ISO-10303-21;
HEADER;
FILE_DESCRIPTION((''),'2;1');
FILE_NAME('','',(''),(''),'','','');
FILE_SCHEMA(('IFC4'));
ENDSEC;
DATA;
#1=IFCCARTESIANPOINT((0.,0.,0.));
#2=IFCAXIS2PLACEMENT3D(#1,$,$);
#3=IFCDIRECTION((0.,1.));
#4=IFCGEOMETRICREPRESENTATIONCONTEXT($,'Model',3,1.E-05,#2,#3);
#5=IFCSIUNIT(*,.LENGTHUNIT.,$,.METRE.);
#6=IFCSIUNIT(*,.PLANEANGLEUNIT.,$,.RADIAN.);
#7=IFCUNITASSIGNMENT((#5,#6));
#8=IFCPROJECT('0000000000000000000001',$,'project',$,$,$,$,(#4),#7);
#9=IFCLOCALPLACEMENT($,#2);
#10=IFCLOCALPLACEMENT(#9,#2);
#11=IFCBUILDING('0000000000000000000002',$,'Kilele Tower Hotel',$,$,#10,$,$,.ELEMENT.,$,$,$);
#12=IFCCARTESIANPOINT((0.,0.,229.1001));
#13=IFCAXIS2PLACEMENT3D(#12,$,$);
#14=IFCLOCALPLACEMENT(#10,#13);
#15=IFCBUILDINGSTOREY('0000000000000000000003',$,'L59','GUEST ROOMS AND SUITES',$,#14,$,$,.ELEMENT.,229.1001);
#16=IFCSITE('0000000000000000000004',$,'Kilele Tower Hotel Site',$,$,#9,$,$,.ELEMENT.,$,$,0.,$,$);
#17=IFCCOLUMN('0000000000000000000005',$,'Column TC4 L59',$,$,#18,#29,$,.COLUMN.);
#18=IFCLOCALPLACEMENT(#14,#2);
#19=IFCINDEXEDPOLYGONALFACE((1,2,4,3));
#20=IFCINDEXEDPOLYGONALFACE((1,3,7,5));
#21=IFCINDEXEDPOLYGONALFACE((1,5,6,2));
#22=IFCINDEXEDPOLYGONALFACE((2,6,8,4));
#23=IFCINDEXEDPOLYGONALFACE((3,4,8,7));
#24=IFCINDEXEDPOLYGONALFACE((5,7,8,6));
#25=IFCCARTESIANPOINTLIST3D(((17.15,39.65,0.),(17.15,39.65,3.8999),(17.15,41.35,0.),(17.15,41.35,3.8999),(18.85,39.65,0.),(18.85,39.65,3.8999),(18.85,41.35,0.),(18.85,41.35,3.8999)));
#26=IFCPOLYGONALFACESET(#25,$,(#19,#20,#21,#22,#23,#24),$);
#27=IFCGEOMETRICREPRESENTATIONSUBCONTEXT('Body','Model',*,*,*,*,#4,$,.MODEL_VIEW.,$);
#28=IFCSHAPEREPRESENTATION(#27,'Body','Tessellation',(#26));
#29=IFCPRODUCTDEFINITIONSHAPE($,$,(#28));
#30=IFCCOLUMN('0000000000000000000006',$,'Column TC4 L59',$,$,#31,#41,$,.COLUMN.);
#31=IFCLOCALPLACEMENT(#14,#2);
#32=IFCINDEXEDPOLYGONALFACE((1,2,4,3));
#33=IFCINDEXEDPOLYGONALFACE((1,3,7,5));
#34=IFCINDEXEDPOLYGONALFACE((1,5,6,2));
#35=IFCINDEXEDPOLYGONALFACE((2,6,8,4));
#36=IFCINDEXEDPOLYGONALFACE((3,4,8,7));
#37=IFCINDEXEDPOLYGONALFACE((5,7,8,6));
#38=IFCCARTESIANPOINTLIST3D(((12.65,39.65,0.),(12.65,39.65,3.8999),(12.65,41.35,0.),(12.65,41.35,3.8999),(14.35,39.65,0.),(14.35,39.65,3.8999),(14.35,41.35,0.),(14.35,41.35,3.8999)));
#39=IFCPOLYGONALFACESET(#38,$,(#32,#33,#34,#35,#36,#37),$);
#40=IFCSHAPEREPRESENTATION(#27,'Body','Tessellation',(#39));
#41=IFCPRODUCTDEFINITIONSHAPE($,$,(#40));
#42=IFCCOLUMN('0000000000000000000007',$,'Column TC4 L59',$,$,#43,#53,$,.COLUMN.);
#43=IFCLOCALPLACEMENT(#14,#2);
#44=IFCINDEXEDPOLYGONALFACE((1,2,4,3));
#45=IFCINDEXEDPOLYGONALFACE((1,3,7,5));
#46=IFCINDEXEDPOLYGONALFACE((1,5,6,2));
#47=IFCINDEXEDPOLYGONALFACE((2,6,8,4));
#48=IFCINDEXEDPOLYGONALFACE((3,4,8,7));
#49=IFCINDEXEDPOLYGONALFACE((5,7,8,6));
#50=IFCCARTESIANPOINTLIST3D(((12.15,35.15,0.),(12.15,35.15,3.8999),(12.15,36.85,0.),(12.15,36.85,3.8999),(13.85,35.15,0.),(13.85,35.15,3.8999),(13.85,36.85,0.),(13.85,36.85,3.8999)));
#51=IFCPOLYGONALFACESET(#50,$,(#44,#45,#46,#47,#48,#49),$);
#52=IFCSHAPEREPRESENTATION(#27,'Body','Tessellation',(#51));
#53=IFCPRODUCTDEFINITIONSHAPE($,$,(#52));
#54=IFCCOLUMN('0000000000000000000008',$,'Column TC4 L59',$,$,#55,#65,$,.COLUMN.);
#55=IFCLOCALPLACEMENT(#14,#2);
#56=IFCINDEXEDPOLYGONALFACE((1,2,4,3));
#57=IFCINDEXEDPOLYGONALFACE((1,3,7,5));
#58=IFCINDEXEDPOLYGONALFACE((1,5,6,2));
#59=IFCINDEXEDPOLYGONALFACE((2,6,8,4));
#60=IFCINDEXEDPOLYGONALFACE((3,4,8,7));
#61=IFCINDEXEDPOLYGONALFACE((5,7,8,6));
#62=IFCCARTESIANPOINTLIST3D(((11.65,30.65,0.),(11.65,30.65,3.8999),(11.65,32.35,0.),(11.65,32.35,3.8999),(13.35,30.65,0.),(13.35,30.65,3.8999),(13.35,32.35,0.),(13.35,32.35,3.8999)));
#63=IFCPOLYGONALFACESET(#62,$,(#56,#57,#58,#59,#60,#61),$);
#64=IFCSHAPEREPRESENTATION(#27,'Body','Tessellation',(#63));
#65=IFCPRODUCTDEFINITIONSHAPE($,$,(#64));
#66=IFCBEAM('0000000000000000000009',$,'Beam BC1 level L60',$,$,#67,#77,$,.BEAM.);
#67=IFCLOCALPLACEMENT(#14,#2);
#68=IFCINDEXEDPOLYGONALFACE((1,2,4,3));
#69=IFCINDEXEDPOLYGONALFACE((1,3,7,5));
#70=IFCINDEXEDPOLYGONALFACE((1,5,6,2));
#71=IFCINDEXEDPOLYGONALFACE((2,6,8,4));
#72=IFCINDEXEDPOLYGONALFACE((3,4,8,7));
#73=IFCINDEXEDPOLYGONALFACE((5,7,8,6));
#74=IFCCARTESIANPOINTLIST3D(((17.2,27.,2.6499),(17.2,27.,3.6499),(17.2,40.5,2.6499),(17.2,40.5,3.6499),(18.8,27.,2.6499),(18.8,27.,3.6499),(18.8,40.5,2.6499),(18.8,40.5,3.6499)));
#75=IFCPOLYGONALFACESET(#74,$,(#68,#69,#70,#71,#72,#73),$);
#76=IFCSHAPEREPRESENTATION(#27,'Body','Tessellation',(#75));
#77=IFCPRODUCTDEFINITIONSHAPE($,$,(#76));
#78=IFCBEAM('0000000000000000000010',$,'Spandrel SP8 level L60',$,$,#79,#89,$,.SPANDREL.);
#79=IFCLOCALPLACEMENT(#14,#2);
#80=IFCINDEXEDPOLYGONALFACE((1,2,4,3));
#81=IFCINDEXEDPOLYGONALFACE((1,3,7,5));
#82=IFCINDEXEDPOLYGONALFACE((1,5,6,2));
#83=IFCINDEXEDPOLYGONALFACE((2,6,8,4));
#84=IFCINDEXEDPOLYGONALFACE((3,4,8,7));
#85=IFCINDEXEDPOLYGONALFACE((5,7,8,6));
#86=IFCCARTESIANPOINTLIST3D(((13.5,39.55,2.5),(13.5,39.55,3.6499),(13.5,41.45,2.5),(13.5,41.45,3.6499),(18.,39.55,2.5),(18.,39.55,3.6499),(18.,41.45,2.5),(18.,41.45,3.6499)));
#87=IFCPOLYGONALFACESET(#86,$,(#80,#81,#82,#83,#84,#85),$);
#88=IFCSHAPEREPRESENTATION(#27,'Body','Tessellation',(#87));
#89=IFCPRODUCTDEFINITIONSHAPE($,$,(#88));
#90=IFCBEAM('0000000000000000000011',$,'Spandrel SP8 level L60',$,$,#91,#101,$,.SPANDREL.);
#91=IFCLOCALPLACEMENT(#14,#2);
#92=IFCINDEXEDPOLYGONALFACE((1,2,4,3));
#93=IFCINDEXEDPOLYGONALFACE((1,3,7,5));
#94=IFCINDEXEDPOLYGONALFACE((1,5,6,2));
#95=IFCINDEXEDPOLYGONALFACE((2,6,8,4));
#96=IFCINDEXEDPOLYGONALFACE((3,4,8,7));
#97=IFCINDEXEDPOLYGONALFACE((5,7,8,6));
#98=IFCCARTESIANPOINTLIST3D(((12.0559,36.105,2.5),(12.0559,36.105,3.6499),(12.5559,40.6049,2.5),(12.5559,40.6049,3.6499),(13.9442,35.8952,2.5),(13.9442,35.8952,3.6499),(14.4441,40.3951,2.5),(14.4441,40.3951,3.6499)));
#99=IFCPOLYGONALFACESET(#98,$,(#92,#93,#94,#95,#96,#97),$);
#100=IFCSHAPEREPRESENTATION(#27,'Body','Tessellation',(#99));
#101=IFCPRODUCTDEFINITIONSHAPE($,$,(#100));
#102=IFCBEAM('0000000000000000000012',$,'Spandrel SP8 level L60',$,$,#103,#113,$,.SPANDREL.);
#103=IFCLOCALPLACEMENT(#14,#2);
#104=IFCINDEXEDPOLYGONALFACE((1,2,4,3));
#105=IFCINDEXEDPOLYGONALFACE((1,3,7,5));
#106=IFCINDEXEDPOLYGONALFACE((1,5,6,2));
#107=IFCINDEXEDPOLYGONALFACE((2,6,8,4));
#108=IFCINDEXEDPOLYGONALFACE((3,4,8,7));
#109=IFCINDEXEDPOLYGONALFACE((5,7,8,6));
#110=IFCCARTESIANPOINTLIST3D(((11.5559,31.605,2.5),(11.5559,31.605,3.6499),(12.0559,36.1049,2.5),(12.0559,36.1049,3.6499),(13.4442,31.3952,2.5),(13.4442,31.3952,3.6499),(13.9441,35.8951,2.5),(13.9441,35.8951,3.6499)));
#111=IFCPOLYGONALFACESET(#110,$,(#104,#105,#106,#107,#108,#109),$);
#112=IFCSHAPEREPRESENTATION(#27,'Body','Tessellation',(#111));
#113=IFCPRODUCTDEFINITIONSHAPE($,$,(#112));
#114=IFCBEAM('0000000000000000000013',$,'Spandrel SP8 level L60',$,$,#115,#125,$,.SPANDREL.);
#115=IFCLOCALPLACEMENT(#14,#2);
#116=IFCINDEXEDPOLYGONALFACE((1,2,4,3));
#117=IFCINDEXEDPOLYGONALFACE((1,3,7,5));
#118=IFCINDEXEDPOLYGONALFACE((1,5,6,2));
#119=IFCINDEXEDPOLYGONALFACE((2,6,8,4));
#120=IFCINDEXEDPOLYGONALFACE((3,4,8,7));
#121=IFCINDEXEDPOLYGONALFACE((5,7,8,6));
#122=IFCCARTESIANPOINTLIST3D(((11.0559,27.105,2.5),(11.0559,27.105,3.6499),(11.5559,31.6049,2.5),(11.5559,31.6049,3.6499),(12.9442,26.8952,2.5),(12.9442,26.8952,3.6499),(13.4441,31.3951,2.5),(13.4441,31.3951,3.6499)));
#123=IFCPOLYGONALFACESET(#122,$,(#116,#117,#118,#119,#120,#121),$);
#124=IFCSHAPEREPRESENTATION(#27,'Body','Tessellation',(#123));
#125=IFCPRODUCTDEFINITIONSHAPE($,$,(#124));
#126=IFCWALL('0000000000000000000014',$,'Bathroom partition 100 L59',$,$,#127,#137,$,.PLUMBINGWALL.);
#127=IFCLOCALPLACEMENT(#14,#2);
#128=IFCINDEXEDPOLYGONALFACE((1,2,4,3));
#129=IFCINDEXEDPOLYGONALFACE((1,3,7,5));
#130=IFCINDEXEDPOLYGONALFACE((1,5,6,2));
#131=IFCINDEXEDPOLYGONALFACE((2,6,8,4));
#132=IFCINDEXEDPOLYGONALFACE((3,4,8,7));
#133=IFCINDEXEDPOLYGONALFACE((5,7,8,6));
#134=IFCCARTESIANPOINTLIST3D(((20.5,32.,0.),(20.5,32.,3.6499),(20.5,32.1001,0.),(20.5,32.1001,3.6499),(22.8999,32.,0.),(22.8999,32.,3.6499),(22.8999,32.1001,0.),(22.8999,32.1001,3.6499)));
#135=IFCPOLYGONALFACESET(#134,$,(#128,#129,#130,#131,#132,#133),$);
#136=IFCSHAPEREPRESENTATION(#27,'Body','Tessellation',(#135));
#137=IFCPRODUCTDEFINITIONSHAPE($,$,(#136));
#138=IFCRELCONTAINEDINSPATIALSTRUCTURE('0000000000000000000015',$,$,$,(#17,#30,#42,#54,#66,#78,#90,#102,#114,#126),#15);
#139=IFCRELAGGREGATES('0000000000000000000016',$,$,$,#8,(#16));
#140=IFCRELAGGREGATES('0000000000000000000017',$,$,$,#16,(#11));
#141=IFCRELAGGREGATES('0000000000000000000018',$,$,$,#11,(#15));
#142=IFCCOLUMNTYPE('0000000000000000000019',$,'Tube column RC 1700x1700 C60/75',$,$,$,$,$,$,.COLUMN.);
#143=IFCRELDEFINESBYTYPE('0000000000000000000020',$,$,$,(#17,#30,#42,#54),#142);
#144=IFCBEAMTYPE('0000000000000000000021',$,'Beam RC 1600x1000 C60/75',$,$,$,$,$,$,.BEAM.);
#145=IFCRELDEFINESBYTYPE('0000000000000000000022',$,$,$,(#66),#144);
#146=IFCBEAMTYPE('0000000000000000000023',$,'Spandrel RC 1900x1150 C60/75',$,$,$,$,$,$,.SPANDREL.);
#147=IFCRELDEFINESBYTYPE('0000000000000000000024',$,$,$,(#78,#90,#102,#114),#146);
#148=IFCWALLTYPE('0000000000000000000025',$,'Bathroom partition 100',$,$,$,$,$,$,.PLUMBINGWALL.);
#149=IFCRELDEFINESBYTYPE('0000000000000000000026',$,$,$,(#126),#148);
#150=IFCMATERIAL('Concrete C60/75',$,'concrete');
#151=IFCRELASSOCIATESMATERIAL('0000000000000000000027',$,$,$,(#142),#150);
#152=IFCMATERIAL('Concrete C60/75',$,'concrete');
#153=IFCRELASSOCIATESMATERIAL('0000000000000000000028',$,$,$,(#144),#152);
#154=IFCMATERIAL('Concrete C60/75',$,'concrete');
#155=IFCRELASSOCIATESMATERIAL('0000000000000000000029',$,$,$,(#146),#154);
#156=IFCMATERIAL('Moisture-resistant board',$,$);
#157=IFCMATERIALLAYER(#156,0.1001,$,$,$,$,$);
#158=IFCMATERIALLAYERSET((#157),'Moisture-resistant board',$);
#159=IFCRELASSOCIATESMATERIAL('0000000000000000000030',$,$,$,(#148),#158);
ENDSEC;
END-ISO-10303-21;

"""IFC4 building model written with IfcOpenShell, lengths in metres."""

from ifc_helpers import new_model, si_unit, direction, frame, frame_2d, origin, origin_2d, place, context, subcontext, project, spatial, rectangle, extrude, material, layer, layer_set, material_profile, profile_set, type_object, element, save


model = new_model("IFC4")

# Units and contexts
model_context = context("Model", 3, precision=1e-05, world=origin(), true_north=direction((0.0, 1.0)))
body_context = subcontext(model_context, "Body", "Model", "MODEL_VIEW")
ifc_project = project(units=[si_unit("LENGTHUNIT", "METRE"), si_unit("PLANEANGLEUNIT", "RADIAN")], contexts=[model_context])

# Site, building, storey
site_placement = place(None, origin())
site = spatial("IfcSite", under=ifc_project, at=site_placement, Name="Kilele Tower Hotel Site", CompositionType="ELEMENT", RefElevation=0.0)
building_placement = place(site_placement, origin())
building = spatial("IfcBuilding", under=site, at=building_placement, Name="Kilele Tower Hotel", CompositionType="ELEMENT")
storey_placement = place(building_placement, frame((0.0, 0.0, 229.1001)))
storey = spatial("IfcBuildingStorey", under=building, at=storey_placement, Name="L59", Description="GUEST ROOMS AND SUITES", CompositionType="ELEMENT", Elevation=229.1001)

# Columns
ifc_material_1 = material(Name="Concrete C60/75", Category="concrete")
ifc_material_profile_1 = material_profile(ifc_material_1, rectangle(XDim=1.7, YDim=1.7, at=origin_2d()))
ifc_profile_set_1 = profile_set([ifc_material_profile_1], Name="Concrete C60/75")
column_type = type_object("IfcColumnType", Name="Tube column RC 1700x1700 C60/75", PredefinedType="COLUMN", material=ifc_profile_set_1)
for number, where, z_axis, x_axis, name in (
    (1, (18.0, 40.5, 0.0), (0.0, 0.0, 1.0), (1.0, 0.0, 0.0), "Column TC4 L59"),
    (2, (13.5, 40.5, 0.0), (0.0, 0.0, 1.0), (1.0, 0.0, 0.0), "Column TC4 L59"),
    (3, (13.0, 36.0, 0.0), (0.0, 0.0, 1.0), (1.0, 0.0, 0.0), "Column TC4 L59"),
    (4, (12.5, 31.5, 0.0), (0.0, 0.0, 1.0), (1.0, 0.0, 0.0), "Column TC4 L59"),
):
    element("IfcColumn", number, at=place(storey_placement, frame(where, z_axis=z_axis, x_axis=x_axis)), inside=storey, type_object=column_type, Name=name, PredefinedType="COLUMN", context=body_context, shape_type="SweptSolid", body=[
        extrude(rectangle(XDim=1.7, YDim=1.7, at=origin_2d()), origin(), (0.0, 0.0, 1.0), 3.8999),
    ])

# Beams
ifc_material_2 = material(Name="Concrete C60/75", Category="concrete")
ifc_material_profile_2 = material_profile(ifc_material_2, rectangle(XDim=1.6001, YDim=1.0, at=origin_2d()))
ifc_profile_set_2 = profile_set([ifc_material_profile_2], Name="Concrete C60/75")
beam_type_1 = type_object("IfcBeamType", Name="Beam RC 1600x1000 C60/75", PredefinedType="BEAM", material=ifc_profile_set_2)
beam_1_placement = place(storey_placement, frame((18.0, 40.5, 3.1499), z_axis=(0.0, -1.0, 0.0), x_axis=(1.0, 0.0, 0.0)))
element("IfcBeam", 5, at=beam_1_placement, inside=storey, type_object=beam_type_1, Name="Beam BC1 level L60", PredefinedType="BEAM", context=body_context, shape_type="SweptSolid", body=[
    extrude(rectangle(XDim=1.6001, YDim=1.0, at=origin_2d()), origin(), (0.0, 0.0, 1.0), 13.5),
])
ifc_material_3 = material(Name="Concrete C60/75", Category="concrete")
ifc_material_profile_3 = material_profile(ifc_material_3, rectangle(XDim=1.8999, YDim=1.1499, at=origin_2d()))
ifc_profile_set_3 = profile_set([ifc_material_profile_3], Name="Concrete C60/75")
beam_type_2 = type_object("IfcBeamType", Name="Spandrel RC 1900x1150 C60/75", PredefinedType="SPANDREL", material=ifc_profile_set_3)
beam_2_placement = place(storey_placement, frame((18.0, 40.5, 3.075), z_axis=(-1.0, 0.0, 0.0), x_axis=(0.0, -1.0, 0.0)))
element("IfcBeam", 6, at=beam_2_placement, inside=storey, type_object=beam_type_2, Name="Spandrel SP8 level L60", PredefinedType="SPANDREL", context=body_context, shape_type="SweptSolid", body=[
    extrude(rectangle(XDim=1.8999, YDim=1.1499, at=origin_2d()), origin(), (0.0, 0.0, 1.0), 4.5),
])
for number, where, z_axis, x_axis, name in (
    (7, (13.5, 40.5, 3.075), (-0.110432, -0.993884, 0.0), (0.993884, -0.110432, 0.0), "Spandrel SP8 level L60"),
    (8, (13.0, 36.0, 3.075), (-0.110432, -0.993884, 0.0), (0.993884, -0.110432, 0.0), "Spandrel SP8 level L60"),
    (9, (12.5, 31.5, 3.075), (-0.110432, -0.993884, 0.0), (0.993884, -0.110432, 0.0), "Spandrel SP8 level L60"),
):
    element("IfcBeam", number, at=place(storey_placement, frame(where, z_axis=z_axis, x_axis=x_axis)), inside=storey, type_object=beam_type_2, Name=name, PredefinedType="SPANDREL", context=body_context, shape_type="SweptSolid", body=[
        extrude(rectangle(XDim=1.8999, YDim=1.1499, at=origin_2d()), origin(), (0.0, 0.0, 1.0), 4.5276),
    ])

# Wall
ifc_material_4 = material(Name="Moisture-resistant board")
ifc_layer_1 = layer(ifc_material_4, 0.1001)
ifc_layer_set_1 = layer_set([ifc_layer_1], Name="Moisture-resistant board")
wall_type_1 = type_object("IfcWallType", Name="Bathroom partition 100", PredefinedType="PLUMBINGWALL", material=ifc_layer_set_1)
wall_1_placement = place(storey_placement, frame((20.5, 32.05, 0.0), z_axis=(0.0, 0.0, 1.0), x_axis=(1.0, 0.0, 0.0)))
element("IfcWall", 10, at=wall_1_placement, inside=storey, type_object=wall_type_1, Name="Bathroom partition 100 L59", PredefinedType="PLUMBINGWALL", context=body_context, shape_type="SweptSolid", body=[
    extrude(rectangle(XDim=2.3999, YDim=0.1001, at=frame_2d((1.2, 0.0))), origin(), (0.0, 0.0, 1.0), 3.6499),
])

save(model, "model.ifc")
